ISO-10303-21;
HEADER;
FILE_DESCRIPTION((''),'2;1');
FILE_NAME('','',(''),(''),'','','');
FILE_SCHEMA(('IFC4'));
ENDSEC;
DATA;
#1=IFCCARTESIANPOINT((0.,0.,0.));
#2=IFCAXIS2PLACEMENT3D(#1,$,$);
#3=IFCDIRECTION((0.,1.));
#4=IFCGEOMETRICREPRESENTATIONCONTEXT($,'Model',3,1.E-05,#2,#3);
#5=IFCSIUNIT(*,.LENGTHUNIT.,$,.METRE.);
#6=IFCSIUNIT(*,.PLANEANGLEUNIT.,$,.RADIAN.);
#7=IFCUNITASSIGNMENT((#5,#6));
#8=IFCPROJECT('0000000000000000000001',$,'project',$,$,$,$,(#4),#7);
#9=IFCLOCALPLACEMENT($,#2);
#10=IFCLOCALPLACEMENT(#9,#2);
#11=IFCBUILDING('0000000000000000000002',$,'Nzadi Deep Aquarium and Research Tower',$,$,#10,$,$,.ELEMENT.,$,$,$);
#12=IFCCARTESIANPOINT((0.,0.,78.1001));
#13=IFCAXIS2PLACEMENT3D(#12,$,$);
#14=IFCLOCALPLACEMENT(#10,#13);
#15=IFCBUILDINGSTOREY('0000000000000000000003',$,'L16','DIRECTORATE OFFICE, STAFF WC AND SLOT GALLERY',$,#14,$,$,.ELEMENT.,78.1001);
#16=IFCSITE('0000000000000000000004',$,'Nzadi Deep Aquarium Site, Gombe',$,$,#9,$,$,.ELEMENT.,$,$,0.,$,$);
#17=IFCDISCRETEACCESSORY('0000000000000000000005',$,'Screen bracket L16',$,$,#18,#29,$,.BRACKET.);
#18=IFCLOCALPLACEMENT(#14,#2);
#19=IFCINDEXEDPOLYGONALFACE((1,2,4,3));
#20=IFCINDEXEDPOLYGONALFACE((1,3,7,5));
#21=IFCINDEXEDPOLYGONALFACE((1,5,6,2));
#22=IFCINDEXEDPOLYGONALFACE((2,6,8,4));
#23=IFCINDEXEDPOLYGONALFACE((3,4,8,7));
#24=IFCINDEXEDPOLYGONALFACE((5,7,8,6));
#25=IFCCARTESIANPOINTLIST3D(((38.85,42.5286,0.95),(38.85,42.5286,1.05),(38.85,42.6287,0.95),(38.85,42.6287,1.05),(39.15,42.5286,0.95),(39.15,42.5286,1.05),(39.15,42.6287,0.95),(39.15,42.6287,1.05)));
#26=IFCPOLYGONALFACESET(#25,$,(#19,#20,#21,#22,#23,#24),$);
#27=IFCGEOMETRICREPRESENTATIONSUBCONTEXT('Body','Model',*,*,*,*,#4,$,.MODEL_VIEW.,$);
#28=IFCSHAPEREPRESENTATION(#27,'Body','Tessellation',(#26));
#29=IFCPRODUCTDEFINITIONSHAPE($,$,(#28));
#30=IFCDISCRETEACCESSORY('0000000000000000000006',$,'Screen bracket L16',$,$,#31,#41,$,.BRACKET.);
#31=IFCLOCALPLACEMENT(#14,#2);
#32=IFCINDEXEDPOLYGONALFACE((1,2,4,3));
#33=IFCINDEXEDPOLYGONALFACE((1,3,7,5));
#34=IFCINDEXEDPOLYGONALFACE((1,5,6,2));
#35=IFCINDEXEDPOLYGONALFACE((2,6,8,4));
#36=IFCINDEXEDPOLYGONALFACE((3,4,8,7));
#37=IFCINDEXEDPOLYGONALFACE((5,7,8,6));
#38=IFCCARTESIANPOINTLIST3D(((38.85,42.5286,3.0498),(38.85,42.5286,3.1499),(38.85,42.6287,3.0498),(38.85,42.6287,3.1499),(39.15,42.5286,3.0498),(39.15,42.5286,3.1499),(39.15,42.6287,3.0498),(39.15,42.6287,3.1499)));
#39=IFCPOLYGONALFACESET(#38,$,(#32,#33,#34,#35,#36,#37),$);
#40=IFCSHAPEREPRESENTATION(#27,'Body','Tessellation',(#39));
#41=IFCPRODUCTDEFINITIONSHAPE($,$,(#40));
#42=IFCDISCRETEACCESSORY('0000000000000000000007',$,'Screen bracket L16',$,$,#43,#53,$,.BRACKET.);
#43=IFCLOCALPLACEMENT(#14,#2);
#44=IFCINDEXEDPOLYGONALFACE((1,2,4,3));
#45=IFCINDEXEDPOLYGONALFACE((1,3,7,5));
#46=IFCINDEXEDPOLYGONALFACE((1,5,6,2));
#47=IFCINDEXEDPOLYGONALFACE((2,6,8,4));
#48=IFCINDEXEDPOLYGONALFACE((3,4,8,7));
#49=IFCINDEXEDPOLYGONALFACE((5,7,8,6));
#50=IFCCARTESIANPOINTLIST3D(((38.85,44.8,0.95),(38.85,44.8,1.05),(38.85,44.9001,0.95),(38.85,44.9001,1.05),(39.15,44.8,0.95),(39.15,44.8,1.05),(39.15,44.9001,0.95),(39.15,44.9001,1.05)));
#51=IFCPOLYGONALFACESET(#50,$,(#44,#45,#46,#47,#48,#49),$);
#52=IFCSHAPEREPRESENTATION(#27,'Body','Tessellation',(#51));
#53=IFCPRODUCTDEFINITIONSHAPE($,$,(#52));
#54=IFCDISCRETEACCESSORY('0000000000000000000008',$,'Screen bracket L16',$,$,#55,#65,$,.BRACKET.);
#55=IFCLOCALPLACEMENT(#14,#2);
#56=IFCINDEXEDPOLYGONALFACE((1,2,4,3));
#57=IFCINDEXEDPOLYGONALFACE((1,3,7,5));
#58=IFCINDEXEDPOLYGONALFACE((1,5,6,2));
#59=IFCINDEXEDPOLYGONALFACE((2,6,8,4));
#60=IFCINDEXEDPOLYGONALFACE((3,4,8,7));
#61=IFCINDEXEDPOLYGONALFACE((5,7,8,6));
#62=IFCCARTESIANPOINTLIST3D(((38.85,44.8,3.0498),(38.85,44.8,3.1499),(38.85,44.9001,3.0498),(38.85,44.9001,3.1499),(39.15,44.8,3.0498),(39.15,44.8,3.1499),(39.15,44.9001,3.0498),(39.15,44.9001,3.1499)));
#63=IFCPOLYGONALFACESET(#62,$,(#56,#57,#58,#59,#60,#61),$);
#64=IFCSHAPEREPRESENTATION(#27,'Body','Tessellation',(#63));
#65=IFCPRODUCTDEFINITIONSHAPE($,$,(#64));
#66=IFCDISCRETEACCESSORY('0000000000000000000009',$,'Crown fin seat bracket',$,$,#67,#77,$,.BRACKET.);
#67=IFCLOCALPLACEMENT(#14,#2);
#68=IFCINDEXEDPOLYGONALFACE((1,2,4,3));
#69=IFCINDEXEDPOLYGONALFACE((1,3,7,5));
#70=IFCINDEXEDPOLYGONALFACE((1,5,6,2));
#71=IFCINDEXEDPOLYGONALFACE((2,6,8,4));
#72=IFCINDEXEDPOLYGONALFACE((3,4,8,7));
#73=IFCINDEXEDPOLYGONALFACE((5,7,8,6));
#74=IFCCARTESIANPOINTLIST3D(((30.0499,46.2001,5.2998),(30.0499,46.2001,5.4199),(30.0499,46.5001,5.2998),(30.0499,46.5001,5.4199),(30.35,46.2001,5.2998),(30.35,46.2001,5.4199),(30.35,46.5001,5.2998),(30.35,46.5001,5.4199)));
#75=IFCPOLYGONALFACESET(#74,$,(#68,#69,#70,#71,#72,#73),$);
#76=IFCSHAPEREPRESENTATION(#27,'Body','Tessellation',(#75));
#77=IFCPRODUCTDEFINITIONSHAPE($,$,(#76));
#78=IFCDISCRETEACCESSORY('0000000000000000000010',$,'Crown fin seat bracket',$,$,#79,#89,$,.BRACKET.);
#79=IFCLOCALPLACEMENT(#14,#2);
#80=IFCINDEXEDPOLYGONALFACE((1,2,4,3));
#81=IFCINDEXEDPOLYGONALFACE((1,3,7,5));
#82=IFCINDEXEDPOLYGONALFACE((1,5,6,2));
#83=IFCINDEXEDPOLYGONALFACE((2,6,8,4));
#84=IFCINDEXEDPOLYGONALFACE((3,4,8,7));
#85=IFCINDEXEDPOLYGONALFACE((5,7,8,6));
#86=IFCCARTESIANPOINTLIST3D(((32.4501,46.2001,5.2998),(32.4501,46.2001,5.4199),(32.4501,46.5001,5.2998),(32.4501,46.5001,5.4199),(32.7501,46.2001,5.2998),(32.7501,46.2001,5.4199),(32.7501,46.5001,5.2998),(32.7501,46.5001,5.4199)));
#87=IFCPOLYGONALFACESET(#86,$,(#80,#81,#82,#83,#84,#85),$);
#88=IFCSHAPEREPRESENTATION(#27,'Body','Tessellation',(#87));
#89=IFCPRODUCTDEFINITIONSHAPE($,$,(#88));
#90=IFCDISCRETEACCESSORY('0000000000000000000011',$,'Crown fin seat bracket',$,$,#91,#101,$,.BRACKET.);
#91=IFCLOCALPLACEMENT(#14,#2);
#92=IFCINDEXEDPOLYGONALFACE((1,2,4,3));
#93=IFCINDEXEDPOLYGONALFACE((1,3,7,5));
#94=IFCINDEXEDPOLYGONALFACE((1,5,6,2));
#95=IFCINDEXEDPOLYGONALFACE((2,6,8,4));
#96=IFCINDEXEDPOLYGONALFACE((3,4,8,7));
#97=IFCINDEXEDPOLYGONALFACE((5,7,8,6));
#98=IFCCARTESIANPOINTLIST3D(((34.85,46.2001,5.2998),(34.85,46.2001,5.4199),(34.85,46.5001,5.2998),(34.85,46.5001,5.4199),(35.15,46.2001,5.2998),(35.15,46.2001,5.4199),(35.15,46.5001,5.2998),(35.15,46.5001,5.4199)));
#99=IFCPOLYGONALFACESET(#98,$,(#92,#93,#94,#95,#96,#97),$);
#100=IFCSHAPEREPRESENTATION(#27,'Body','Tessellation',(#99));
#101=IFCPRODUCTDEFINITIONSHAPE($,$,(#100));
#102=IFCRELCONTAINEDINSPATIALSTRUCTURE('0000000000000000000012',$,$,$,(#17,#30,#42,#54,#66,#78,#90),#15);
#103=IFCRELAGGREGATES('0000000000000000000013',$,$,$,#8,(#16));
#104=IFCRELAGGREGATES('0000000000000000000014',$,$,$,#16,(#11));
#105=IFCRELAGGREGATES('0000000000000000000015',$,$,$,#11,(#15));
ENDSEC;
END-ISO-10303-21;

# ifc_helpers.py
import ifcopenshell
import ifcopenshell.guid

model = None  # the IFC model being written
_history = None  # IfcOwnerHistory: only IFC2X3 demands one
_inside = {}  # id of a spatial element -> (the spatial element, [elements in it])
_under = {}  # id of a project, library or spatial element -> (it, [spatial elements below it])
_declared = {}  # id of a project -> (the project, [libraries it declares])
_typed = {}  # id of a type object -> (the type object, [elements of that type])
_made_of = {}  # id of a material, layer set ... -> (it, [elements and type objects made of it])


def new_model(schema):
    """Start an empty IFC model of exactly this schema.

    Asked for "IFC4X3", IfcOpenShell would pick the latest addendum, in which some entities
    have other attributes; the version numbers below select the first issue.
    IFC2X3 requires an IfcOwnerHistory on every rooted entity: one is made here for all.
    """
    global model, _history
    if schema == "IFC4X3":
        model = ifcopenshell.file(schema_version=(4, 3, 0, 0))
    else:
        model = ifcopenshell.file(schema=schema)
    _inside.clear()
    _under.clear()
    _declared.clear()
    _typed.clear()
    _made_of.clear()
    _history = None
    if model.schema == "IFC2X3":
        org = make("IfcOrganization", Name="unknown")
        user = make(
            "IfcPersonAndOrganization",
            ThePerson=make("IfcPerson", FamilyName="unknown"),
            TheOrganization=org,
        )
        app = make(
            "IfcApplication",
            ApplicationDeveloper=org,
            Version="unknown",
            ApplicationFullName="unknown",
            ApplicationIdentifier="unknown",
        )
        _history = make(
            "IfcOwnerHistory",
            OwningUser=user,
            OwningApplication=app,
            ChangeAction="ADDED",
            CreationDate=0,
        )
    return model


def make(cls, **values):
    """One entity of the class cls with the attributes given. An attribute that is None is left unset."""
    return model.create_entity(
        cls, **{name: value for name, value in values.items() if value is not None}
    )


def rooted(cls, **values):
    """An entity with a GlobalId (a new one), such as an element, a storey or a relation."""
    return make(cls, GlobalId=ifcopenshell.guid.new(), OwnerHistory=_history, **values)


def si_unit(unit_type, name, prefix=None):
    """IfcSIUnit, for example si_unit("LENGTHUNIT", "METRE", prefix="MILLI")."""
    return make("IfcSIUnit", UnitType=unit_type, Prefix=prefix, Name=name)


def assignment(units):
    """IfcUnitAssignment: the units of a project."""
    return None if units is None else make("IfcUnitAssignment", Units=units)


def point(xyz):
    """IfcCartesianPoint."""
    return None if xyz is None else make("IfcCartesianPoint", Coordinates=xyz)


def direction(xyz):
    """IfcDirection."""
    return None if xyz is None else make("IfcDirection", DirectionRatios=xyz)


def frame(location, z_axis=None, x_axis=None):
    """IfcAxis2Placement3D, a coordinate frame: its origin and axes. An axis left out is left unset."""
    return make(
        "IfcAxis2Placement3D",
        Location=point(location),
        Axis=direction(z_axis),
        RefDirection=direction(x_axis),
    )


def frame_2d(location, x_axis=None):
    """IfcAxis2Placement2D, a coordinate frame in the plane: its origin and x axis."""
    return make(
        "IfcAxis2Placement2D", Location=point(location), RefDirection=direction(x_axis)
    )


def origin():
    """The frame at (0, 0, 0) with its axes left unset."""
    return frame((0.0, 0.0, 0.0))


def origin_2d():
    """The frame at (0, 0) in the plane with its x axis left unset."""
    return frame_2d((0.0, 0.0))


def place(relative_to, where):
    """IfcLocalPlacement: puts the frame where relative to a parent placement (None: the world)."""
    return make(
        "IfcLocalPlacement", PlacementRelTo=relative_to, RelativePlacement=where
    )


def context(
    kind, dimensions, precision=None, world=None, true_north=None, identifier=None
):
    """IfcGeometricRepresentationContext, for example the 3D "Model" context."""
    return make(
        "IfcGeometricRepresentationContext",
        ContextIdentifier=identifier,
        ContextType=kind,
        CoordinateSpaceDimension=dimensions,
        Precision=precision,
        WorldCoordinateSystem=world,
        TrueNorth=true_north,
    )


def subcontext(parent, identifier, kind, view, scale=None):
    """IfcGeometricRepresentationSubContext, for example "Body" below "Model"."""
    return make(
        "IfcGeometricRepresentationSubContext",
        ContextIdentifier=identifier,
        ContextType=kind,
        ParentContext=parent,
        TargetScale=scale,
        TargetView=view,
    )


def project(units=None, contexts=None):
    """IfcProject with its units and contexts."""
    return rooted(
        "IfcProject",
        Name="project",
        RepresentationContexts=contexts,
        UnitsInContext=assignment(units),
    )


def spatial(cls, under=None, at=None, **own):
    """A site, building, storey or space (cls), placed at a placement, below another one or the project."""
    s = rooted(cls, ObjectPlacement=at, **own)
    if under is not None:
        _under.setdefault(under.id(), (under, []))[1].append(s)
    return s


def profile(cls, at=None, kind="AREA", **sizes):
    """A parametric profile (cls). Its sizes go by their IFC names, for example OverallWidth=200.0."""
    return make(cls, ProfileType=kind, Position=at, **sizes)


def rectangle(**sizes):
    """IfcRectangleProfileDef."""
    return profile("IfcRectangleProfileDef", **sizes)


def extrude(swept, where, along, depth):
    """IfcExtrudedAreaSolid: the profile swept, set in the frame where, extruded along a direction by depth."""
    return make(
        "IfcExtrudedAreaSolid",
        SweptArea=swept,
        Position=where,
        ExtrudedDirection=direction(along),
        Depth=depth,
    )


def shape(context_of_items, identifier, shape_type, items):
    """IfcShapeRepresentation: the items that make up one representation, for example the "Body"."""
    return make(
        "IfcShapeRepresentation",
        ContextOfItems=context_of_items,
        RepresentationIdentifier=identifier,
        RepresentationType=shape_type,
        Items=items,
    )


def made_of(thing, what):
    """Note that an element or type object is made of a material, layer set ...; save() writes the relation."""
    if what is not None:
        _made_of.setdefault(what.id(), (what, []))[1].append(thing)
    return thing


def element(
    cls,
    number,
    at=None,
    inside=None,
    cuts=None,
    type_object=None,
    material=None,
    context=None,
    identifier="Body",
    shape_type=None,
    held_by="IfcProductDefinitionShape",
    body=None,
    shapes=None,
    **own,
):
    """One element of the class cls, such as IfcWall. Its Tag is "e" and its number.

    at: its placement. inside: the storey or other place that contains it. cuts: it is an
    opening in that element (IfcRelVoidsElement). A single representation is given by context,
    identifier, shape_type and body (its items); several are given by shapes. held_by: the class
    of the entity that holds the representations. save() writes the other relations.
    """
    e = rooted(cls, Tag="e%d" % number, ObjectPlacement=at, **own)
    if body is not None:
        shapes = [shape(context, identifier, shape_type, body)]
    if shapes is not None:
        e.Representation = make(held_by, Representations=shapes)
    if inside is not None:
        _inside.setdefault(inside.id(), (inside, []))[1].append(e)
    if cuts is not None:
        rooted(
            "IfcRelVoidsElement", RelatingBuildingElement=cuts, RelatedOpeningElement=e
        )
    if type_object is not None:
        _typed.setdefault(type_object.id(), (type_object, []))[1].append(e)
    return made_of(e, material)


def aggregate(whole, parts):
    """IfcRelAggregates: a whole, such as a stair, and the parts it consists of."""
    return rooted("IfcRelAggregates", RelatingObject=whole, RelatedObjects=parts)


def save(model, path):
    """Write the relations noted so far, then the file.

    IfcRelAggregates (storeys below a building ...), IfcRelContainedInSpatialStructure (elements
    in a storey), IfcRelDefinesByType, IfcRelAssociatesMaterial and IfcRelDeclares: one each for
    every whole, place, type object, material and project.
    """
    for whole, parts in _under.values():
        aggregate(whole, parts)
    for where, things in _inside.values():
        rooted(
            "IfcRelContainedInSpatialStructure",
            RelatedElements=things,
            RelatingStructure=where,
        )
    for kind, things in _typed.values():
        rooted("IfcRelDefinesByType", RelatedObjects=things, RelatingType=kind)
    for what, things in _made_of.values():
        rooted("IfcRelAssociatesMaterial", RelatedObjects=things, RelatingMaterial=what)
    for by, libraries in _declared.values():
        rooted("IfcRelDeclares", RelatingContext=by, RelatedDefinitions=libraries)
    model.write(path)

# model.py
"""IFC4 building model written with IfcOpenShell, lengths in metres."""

from ifc_helpers import new_model, si_unit, direction, frame, origin, origin_2d, place, context, subcontext, project, spatial, rectangle, extrude, element, save


model = new_model("IFC4")

# Units and contexts
model_context = context("Model", 3, precision=1e-05, world=origin(), true_north=direction((0.0, 1.0)))
body_context = subcontext(model_context, "Body", "Model", "MODEL_VIEW")
ifc_project = project(units=[si_unit("LENGTHUNIT", "METRE"), si_unit("PLANEANGLEUNIT", "RADIAN")], contexts=[model_context])

# Site, building, storey
site_placement = place(None, origin())
site = spatial("IfcSite", under=ifc_project, at=site_placement, Name="Nzadi Deep Aquarium Site, Gombe", CompositionType="ELEMENT", RefElevation=0.0)
building_placement = place(site_placement, origin())
building = spatial("IfcBuilding", under=site, at=building_placement, Name="Nzadi Deep Aquarium and Research Tower", CompositionType="ELEMENT")
storey_placement = place(building_placement, frame((0.0, 0.0, 78.1001)))
storey = spatial("IfcBuildingStorey", under=building, at=storey_placement, Name="L16", Description="DIRECTORATE OFFICE, STAFF WC AND SLOT GALLERY", CompositionType="ELEMENT", Elevation=78.1001)

# Discrete accessories
for number, where, z_axis, x_axis, name in (
    (1, (39.0, 42.5786, 0.95), (0.0, 0.0, 1.0), (1.0, 0.0, 0.0), "Screen bracket L16"),
    (2, (39.0, 42.5786, 3.0498), (0.0, 0.0, 1.0), (1.0, 0.0, 0.0), "Screen bracket L16"),
    (3, (39.0, 44.8501, 0.95), (0.0, 0.0, 1.0), (1.0, 0.0, 0.0), "Screen bracket L16"),
    (4, (39.0, 44.8501, 3.0498), (0.0, 0.0, 1.0), (1.0, 0.0, 0.0), "Screen bracket L16"),
):
    element("IfcDiscreteAccessory", number, at=place(storey_placement, frame(where, z_axis=z_axis, x_axis=x_axis)), inside=storey, Name=name, PredefinedType="BRACKET", context=body_context, shape_type="SweptSolid", body=[
        extrude(rectangle(XDim=0.3, YDim=0.1001, at=origin_2d()), origin(), (0.0, 0.0, 1.0), 0.1001),
    ])
for number, where, z_axis, x_axis, name in (
    (5, (30.2, 46.3501, 5.2998), (0.0, 0.0, 1.0), (1.0, 0.0, 0.0), "Crown fin seat bracket"),
    (6, (32.6001, 46.3501, 5.2998), (0.0, 0.0, 1.0), (1.0, 0.0, 0.0), "Crown fin seat bracket"),
    (7, (35.0, 46.3501, 5.2998), (0.0, 0.0, 1.0), (1.0, 0.0, 0.0), "Crown fin seat bracket"),
):
    element("IfcDiscreteAccessory", number, at=place(storey_placement, frame(where, z_axis=z_axis, x_axis=x_axis)), inside=storey, Name=name, PredefinedType="BRACKET", context=body_context, shape_type="SweptSolid", body=[
        extrude(rectangle(XDim=0.3, YDim=0.3, at=origin_2d()), origin(), (0.0, 0.0, 1.0), 0.1201),
    ])

save(model, "model.ifc")
